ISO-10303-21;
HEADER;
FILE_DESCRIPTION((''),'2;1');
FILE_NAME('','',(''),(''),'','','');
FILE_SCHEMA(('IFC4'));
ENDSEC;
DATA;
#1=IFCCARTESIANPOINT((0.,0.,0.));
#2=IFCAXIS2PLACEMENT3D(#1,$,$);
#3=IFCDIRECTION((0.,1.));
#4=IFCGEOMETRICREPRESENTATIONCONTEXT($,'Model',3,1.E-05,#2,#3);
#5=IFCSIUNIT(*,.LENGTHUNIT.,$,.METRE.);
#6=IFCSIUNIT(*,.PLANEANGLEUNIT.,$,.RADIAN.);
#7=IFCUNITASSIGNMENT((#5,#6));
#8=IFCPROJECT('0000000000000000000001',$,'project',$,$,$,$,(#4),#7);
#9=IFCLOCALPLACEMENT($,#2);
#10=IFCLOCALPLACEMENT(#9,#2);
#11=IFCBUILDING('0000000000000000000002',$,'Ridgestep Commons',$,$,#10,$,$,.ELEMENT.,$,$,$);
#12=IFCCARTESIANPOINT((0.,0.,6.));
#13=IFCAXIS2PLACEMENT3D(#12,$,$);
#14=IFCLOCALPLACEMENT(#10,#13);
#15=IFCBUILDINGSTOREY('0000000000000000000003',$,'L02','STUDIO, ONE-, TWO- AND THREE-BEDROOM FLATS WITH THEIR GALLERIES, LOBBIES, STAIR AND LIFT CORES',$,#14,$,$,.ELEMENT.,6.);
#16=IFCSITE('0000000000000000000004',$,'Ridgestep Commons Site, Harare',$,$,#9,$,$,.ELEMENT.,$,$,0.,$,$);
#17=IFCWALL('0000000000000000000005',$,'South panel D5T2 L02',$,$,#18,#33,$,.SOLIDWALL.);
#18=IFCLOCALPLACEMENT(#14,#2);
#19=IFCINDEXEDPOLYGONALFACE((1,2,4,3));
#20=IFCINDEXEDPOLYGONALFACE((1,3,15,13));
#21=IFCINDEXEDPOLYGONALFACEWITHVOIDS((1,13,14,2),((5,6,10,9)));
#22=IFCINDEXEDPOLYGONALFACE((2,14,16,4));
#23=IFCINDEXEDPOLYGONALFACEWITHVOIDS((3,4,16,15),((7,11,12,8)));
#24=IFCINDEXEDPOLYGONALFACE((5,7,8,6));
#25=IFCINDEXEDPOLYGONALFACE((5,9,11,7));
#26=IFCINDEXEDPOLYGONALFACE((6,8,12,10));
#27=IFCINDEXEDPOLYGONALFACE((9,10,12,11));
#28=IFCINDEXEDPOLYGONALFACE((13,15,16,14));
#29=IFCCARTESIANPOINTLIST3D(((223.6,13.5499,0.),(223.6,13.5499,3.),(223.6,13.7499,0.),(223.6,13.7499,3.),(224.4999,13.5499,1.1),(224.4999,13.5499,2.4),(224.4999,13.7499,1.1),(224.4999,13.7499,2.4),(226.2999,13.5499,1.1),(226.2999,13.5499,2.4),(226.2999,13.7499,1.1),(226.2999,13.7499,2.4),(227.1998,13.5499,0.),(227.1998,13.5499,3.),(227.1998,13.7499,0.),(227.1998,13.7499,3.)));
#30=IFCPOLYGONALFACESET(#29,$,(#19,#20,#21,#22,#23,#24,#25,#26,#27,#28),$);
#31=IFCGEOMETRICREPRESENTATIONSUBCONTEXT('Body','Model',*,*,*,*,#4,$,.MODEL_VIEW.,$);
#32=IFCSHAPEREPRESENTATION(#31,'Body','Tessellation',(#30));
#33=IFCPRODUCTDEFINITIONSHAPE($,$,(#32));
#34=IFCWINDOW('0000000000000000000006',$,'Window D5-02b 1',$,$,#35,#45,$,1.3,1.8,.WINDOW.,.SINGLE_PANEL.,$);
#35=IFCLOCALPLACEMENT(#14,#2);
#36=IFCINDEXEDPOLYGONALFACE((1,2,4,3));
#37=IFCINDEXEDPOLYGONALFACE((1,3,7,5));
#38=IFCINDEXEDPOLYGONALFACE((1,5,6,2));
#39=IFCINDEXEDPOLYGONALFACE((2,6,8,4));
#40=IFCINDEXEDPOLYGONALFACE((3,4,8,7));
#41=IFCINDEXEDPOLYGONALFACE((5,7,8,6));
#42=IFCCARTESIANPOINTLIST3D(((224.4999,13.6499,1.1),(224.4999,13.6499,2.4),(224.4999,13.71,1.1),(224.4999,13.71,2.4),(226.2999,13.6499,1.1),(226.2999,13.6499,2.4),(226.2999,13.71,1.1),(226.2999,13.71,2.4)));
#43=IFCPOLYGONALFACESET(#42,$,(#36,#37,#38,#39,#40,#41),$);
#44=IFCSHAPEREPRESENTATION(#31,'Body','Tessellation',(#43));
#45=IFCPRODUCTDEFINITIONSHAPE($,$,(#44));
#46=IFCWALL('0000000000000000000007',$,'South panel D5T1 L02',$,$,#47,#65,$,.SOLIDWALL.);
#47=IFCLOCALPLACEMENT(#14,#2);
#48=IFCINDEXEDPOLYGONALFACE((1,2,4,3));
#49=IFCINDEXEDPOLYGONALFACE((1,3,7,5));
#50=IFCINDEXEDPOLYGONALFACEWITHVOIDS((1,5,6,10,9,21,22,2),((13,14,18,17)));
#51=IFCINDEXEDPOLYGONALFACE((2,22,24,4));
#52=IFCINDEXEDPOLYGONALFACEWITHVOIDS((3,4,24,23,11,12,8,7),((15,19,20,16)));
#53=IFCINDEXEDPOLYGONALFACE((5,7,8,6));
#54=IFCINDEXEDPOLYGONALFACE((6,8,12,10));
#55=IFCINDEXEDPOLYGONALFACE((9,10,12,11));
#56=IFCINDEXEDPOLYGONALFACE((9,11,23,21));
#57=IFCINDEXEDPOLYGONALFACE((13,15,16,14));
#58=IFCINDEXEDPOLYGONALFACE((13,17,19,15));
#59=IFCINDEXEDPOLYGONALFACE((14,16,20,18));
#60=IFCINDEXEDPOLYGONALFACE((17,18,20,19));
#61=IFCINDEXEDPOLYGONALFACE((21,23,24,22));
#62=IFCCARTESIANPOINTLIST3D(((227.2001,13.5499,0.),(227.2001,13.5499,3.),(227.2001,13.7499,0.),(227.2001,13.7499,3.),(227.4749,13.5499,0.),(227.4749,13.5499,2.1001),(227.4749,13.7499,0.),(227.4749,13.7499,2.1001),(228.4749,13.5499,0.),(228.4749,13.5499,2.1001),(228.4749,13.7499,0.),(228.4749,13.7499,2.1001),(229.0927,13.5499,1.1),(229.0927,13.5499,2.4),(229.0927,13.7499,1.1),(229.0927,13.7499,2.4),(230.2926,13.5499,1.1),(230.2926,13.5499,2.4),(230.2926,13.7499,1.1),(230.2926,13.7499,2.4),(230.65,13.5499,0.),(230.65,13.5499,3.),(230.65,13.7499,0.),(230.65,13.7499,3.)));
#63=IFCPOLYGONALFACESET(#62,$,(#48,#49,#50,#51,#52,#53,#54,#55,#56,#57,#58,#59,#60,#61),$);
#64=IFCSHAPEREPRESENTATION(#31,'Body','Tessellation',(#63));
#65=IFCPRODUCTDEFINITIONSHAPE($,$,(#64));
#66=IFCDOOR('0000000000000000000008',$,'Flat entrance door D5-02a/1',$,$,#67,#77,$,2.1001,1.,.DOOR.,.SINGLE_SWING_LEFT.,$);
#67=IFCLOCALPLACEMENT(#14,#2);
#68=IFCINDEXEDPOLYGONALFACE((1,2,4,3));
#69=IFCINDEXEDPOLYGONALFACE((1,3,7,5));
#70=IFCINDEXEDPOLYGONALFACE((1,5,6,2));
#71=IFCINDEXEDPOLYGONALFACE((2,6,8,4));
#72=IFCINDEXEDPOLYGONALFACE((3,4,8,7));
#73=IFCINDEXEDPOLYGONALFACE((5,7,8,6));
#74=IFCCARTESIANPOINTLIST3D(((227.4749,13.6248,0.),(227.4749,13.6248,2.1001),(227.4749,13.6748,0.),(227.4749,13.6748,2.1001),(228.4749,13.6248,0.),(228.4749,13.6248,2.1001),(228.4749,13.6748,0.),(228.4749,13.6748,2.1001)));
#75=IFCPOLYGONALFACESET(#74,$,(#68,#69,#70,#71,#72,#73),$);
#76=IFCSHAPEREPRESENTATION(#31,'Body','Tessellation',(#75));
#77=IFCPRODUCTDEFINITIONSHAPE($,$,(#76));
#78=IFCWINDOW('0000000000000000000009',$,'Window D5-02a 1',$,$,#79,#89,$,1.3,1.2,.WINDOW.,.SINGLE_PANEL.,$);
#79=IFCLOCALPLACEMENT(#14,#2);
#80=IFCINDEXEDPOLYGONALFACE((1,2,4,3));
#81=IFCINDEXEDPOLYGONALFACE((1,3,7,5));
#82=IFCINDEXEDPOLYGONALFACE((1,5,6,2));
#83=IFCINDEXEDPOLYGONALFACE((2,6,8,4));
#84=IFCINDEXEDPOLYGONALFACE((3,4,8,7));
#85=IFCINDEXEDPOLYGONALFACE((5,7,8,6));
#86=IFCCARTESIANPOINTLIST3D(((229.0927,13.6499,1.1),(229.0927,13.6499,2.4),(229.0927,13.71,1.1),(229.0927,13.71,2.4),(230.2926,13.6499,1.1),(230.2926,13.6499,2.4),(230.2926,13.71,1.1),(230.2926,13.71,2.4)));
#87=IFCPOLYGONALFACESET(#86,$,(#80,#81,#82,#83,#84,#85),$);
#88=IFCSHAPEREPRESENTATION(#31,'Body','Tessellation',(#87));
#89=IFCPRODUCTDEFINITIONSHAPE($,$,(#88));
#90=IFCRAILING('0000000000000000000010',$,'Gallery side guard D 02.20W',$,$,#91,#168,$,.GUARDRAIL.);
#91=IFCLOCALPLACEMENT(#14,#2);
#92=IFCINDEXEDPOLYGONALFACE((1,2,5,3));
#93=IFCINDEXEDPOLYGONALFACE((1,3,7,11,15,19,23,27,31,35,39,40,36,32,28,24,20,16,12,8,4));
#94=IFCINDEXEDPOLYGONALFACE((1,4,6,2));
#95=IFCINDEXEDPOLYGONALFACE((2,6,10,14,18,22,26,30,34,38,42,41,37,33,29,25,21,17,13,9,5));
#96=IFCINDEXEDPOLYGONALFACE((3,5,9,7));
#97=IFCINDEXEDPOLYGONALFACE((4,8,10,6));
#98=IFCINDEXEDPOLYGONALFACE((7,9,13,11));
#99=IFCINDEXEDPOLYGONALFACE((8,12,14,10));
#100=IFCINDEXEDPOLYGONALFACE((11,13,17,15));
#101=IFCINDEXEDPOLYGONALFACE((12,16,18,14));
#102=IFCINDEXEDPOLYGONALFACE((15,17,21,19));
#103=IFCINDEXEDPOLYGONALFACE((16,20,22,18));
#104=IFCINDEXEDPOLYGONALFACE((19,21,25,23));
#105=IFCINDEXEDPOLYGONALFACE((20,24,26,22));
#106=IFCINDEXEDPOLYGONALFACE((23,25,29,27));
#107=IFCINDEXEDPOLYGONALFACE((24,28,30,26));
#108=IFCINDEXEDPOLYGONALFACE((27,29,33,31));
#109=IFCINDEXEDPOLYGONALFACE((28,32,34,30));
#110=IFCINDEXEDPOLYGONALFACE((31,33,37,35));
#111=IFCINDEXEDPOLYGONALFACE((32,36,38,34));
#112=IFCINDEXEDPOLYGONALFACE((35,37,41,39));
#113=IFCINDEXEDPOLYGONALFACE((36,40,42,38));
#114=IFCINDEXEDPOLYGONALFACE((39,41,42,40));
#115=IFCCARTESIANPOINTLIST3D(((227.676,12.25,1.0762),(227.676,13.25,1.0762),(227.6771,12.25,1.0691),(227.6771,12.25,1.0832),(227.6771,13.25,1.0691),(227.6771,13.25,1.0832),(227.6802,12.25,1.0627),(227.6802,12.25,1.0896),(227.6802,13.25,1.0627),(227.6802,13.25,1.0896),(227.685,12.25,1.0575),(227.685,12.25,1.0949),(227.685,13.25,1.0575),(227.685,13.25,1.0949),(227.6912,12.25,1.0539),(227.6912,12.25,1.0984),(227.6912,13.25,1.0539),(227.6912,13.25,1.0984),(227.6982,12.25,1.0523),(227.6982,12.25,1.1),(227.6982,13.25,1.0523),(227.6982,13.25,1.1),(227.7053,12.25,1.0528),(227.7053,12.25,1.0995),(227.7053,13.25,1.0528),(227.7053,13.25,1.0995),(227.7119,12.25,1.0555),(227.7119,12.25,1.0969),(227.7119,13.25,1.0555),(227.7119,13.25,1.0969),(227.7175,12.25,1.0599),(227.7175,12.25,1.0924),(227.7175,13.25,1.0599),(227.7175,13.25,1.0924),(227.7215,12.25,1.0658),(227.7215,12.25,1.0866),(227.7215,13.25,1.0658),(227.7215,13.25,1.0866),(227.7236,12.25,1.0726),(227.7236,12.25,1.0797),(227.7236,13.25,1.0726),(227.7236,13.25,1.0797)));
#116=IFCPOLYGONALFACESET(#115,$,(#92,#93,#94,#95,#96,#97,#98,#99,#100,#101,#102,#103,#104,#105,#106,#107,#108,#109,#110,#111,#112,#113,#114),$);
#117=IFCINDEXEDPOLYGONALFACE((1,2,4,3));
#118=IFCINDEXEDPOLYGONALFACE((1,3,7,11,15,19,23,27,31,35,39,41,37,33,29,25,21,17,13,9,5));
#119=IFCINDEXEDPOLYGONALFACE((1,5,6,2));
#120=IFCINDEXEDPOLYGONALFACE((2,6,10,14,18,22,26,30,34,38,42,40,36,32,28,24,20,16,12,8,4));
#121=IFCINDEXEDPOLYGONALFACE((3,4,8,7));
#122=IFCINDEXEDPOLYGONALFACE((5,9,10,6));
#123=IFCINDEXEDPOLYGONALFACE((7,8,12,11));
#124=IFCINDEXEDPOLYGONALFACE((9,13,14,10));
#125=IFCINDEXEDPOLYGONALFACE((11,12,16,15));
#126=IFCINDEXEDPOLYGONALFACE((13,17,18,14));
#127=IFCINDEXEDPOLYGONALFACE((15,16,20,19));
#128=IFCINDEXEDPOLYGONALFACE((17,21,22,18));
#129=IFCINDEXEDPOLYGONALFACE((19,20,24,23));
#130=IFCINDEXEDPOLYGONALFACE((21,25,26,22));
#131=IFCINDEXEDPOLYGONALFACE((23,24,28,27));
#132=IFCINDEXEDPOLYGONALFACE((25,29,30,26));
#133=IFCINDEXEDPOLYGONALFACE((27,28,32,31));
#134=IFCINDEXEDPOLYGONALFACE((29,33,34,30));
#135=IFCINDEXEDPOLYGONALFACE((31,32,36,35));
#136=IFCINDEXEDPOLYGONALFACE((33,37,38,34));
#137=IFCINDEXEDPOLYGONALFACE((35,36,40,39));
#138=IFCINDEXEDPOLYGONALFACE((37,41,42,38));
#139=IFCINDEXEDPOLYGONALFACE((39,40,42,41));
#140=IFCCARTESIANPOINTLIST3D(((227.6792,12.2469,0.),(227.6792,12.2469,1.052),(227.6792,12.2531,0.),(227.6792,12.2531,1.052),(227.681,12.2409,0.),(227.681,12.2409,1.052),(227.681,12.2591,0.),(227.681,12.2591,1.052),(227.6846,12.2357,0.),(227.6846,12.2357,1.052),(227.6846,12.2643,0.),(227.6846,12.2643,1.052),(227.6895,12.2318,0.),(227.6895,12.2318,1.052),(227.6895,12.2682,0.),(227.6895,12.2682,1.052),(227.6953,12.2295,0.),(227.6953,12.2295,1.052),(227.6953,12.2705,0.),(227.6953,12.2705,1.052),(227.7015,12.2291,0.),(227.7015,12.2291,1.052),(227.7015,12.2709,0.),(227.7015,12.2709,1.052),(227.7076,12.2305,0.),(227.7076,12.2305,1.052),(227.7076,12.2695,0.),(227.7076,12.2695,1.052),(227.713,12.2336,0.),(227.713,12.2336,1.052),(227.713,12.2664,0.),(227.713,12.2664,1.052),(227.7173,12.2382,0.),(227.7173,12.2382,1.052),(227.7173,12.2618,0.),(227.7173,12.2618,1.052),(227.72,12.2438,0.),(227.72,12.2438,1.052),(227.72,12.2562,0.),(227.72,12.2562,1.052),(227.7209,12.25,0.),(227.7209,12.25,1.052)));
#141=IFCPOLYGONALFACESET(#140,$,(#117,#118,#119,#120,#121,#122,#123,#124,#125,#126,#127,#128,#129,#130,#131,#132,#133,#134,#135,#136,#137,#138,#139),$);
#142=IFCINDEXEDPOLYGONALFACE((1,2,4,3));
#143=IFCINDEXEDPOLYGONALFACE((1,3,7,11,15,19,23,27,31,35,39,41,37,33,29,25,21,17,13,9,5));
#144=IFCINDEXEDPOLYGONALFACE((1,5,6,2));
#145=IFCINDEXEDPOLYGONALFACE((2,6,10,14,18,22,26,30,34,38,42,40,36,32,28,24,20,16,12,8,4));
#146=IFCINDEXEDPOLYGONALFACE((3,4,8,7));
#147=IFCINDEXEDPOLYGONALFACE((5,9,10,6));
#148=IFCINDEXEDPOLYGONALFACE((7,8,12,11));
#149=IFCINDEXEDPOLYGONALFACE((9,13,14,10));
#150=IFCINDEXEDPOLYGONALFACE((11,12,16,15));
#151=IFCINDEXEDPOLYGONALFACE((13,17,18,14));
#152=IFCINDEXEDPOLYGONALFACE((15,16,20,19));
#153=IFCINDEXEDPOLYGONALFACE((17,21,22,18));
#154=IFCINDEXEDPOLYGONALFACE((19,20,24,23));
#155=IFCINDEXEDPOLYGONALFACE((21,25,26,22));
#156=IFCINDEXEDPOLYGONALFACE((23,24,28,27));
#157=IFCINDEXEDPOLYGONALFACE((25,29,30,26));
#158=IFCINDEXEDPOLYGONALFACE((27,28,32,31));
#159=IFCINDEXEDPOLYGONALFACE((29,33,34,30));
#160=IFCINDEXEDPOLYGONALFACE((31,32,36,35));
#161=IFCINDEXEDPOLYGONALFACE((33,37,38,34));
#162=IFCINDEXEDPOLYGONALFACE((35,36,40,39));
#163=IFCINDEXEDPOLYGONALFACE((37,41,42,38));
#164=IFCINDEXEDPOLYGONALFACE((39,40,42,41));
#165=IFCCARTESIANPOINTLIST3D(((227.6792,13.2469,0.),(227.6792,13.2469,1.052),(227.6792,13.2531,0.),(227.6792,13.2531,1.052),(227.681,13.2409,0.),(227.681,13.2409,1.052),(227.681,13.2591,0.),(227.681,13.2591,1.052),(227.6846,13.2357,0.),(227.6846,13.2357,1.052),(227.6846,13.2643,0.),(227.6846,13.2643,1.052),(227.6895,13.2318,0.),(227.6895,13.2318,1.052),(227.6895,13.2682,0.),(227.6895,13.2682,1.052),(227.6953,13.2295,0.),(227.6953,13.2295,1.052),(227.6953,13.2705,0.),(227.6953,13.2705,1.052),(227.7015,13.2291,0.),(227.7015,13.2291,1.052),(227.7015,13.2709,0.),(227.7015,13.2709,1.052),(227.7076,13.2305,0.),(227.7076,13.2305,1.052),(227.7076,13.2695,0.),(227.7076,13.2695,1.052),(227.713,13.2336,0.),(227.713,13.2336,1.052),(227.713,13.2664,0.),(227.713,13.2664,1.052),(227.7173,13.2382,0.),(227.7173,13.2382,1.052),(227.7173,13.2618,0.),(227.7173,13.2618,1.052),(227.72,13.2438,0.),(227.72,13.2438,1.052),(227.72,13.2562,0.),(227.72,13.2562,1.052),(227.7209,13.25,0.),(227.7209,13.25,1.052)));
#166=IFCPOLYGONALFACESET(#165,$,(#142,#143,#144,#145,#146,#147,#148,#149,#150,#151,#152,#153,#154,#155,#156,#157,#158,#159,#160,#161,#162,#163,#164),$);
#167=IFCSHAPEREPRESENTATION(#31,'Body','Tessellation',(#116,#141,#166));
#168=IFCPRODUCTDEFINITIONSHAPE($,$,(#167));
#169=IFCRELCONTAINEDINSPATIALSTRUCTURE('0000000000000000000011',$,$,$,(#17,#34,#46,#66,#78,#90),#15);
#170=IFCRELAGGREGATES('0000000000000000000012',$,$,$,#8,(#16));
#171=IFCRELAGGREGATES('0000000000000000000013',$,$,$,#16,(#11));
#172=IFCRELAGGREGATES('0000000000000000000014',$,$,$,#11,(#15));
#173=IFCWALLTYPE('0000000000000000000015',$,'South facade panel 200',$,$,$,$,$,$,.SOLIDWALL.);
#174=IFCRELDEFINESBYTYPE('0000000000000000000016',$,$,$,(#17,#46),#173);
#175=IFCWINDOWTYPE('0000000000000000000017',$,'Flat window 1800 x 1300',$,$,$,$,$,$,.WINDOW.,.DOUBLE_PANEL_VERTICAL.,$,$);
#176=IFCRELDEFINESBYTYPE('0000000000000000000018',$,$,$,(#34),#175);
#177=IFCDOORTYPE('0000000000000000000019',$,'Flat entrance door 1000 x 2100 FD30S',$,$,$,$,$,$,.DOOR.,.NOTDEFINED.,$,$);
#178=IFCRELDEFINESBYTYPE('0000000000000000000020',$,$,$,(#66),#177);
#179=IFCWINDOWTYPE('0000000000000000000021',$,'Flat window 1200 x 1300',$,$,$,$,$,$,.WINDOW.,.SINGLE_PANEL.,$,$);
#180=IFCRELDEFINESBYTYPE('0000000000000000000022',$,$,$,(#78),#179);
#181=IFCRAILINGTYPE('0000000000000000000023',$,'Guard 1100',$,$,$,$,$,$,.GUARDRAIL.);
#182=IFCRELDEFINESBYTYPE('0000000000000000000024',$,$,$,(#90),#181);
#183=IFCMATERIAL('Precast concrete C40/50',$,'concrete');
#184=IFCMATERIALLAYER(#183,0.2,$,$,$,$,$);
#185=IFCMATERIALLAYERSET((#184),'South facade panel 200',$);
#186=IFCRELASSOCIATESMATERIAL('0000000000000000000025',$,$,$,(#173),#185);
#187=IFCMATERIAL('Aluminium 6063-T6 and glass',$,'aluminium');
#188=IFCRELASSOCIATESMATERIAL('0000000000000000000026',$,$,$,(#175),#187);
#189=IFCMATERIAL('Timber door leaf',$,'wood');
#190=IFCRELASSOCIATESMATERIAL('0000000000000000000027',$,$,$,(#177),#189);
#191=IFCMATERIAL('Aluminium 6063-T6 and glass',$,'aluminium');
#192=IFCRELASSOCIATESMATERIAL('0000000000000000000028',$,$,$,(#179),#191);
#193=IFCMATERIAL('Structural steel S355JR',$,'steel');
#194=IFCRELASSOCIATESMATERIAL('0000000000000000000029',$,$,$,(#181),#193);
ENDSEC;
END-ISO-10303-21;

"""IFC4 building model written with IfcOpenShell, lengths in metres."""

from ifc_helpers import new_model, si_unit, direction, frame, frame_2d, origin, origin_2d, place, context, subcontext, project, spatial, rectangle, circle, extrude, material, layer, layer_set, type_object, element, fill, save


model = new_model("IFC4")

# Units and contexts
model_context = context("Model", 3, precision=1e-05, world=origin(), true_north=direction((0.0, 1.0)))
body_context = subcontext(model_context, "Body", "Model", "MODEL_VIEW")
ifc_project = project(units=[si_unit("LENGTHUNIT", "METRE"), si_unit("PLANEANGLEUNIT", "RADIAN")], contexts=[model_context])

# Site, building, storey
site_placement = place(None, origin())
site = spatial("IfcSite", under=ifc_project, at=site_placement, Name="Ridgestep Commons Site, Harare", CompositionType="ELEMENT", RefElevation=0.0)
building_placement = place(site_placement, origin())
building = spatial("IfcBuilding", under=site, at=building_placement, Name="Ridgestep Commons", CompositionType="ELEMENT")
storey_placement = place(building_placement, frame((0.0, 0.0, 6.0)))
storey = spatial("IfcBuildingStorey", under=building, at=storey_placement, Name="L02", Description="STUDIO, ONE-, TWO- AND THREE-BEDROOM FLATS WITH THEIR GALLERIES, LOBBIES, STAIR AND LIFT CORES", CompositionType="ELEMENT", Elevation=6.0)

# Wall, opening, window
ifc_material_1 = material(Name="Precast concrete C40/50", Category="concrete")
ifc_layer_1 = layer(ifc_material_1, 0.2)
ifc_layer_set_1 = layer_set([ifc_layer_1], Name="South facade panel 200")
wall_type_1 = type_object("IfcWallType", Name="South facade panel 200", PredefinedType="SOLIDWALL", material=ifc_layer_set_1)
wall_1_placement = place(storey_placement, frame((223.6001, 13.6499, 0.0), z_axis=(0.0, 0.0, 1.0), x_axis=(1.0, 0.0, 0.0)))
wall_1 = element("IfcWall", 1, at=wall_1_placement, inside=storey, type_object=wall_type_1, Name="South panel D5T2 L02", PredefinedType="SOLIDWALL", context=body_context, shape_type="SweptSolid", body=[
    extrude(rectangle(XDim=3.5999, YDim=0.2, at=frame_2d((1.7998, 0.0))), origin(), (0.0, 0.0, 1.0), 3.0),
])
opening_1_placement = place(wall_1_placement, frame((0.8999, 0.0, 1.1001)))
opening_1 = element("IfcOpeningElement", 2, at=opening_1_placement, cuts=wall_1, PredefinedType="OPENING", context=body_context, shape_type="SweptSolid", body=[
    extrude(rectangle(XDim=1.8, YDim=1.3, at=frame_2d((0.8999, 0.6499))), frame((0.0, 0.1099, 0.0), z_axis=(0.0, -1.0, 0.0), x_axis=(1.0, 0.0, 0.0)), (0.0, 0.0, 1.0), 0.22),
])
ifc_material_2 = material(Name="Aluminium 6063-T6 and glass", Category="aluminium")
window_type_1 = type_object("IfcWindowType", Name="Flat window 1800 x 1300", PartitioningType="DOUBLE_PANEL_VERTICAL", PredefinedType="WINDOW", material=ifc_material_2)
window_1_placement = place(opening_1_placement, origin())
window_1 = element("IfcWindow", 3, at=window_1_placement, inside=storey, type_object=window_type_1, Name="Window D5-02b 1", OverallHeight=1.3, OverallWidth=1.8, PartitioningType="SINGLE_PANEL", PredefinedType="WINDOW", context=body_context, shape_type="SweptSolid", body=[
    extrude(rectangle(XDim=1.8, YDim=1.3, at=frame_2d((0.8999, 0.6499))), frame((0.0, 0.0601, 0.0), z_axis=(0.0, -1.0, 0.0), x_axis=(1.0, 0.0, 0.0)), (0.0, 0.0, 1.0), 0.0601),
])
fill(opening_1, window_1)

# Wall, openings, door, window
wall_2_placement = place(storey_placement, frame((227.2, 13.6499, 0.0), z_axis=(0.0, 0.0, 1.0), x_axis=(1.0, 0.0, 0.0)))
wall_2 = element("IfcWall", 4, at=wall_2_placement, inside=storey, type_object=wall_type_1, Name="South panel D5T1 L02", PredefinedType="SOLIDWALL", context=body_context, shape_type="SweptSolid", body=[
    extrude(rectangle(XDim=3.45, YDim=0.2, at=frame_2d((1.7251, 0.0))), origin(), (0.0, 0.0, 1.0), 3.0),
])
opening_2_placement = place(wall_2_placement, frame((1.8926, 0.0, 1.1001)))
opening_2 = element("IfcOpeningElement", 5, at=opening_2_placement, cuts=wall_2, PredefinedType="OPENING", context=body_context, shape_type="SweptSolid", body=[
    extrude(rectangle(XDim=1.2, YDim=1.3, at=frame_2d((0.6001, 0.6499))), frame((0.0, 0.1099, 0.0), z_axis=(0.0, -1.0, 0.0), x_axis=(1.0, 0.0, 0.0)), (0.0, 0.0, 1.0), 0.22),
])
opening_3_placement = place(wall_2_placement, frame((0.2749, 0.0, 0.0)))
opening_3 = element("IfcOpeningElement", 6, at=opening_3_placement, cuts=wall_2, PredefinedType="OPENING", context=body_context, shape_type="SweptSolid", body=[
    extrude(rectangle(XDim=1.0, YDim=2.1001, at=frame_2d((0.5, 1.05))), frame((0.0, 0.1099, 0.0), z_axis=(0.0, -1.0, 0.0), x_axis=(1.0, 0.0, 0.0)), (0.0, 0.0, 1.0), 0.22),
])
ifc_material_3 = material(Name="Timber door leaf", Category="wood")
door_type_1 = type_object("IfcDoorType", Name="Flat entrance door 1000 x 2100 FD30S", OperationType="NOTDEFINED", PredefinedType="DOOR", material=ifc_material_3)
door_1_placement = place(opening_3_placement, origin())
door_1 = element("IfcDoor", 7, at=door_1_placement, inside=storey, type_object=door_type_1, Name="Flat entrance door D5-02a/1", OperationType="SINGLE_SWING_LEFT", OverallHeight=2.1001, OverallWidth=1.0, PredefinedType="DOOR", context=body_context, shape_type="SweptSolid", body=[
    extrude(rectangle(XDim=1.0, YDim=2.1001, at=frame_2d((0.5, 1.05))), frame((0.0, 0.0249, 0.0), z_axis=(0.0, -1.0, 0.0), x_axis=(1.0, 0.0, 0.0)), (0.0, 0.0, 1.0), 0.05),
])
fill(opening_3, door_1)
ifc_material_4 = material(Name="Aluminium 6063-T6 and glass", Category="aluminium")
window_type_2 = type_object("IfcWindowType", Name="Flat window 1200 x 1300", PartitioningType="SINGLE_PANEL", PredefinedType="WINDOW", material=ifc_material_4)
window_2_placement = place(opening_2_placement, origin())
window_2 = element("IfcWindow", 8, at=window_2_placement, inside=storey, type_object=window_type_2, Name="Window D5-02a 1", OverallHeight=1.3, OverallWidth=1.2, PartitioningType="SINGLE_PANEL", PredefinedType="WINDOW", context=body_context, shape_type="SweptSolid", body=[
    extrude(rectangle(XDim=1.2, YDim=1.3, at=frame_2d((0.6001, 0.6499))), frame((0.0, 0.0601, 0.0), z_axis=(0.0, -1.0, 0.0), x_axis=(1.0, 0.0, 0.0)), (0.0, 0.0, 1.0), 0.0601),
])
fill(opening_2, window_2)

# Railing
ifc_material_5 = material(Name="Structural steel S355JR", Category="steel")
railing_type = type_object("IfcRailingType", Name="Guard 1100", PredefinedType="GUARDRAIL", material=ifc_material_5)
for number, where, name in (
    (9, (227.7, 12.25, 0.0), "Gallery side guard D 02.20W"),
):
    element("IfcRailing", number, at=place(storey_placement, frame(where)), inside=storey, type_object=railing_type, Name=name, PredefinedType="GUARDRAIL", context=body_context, shape_type="SweptSolid", body=[
        extrude(circle(Radius=0.0239, at=origin_2d()), frame((0.0, 0.0, 1.0762), z_axis=(0.0, 1.0, 0.0), x_axis=(-1.0, 0.0, 0.0)), (0.0, 0.0, 1.0), 1.0),
        extrude(circle(Radius=0.021, at=origin_2d()), origin(), (0.0, 0.0, 1.0), 1.052),
        extrude(circle(Radius=0.021, at=origin_2d()), frame((0.0, 1.0, 0.0)), (0.0, 0.0, 1.0), 1.052),
    ])

save(model, "model.ifc")
